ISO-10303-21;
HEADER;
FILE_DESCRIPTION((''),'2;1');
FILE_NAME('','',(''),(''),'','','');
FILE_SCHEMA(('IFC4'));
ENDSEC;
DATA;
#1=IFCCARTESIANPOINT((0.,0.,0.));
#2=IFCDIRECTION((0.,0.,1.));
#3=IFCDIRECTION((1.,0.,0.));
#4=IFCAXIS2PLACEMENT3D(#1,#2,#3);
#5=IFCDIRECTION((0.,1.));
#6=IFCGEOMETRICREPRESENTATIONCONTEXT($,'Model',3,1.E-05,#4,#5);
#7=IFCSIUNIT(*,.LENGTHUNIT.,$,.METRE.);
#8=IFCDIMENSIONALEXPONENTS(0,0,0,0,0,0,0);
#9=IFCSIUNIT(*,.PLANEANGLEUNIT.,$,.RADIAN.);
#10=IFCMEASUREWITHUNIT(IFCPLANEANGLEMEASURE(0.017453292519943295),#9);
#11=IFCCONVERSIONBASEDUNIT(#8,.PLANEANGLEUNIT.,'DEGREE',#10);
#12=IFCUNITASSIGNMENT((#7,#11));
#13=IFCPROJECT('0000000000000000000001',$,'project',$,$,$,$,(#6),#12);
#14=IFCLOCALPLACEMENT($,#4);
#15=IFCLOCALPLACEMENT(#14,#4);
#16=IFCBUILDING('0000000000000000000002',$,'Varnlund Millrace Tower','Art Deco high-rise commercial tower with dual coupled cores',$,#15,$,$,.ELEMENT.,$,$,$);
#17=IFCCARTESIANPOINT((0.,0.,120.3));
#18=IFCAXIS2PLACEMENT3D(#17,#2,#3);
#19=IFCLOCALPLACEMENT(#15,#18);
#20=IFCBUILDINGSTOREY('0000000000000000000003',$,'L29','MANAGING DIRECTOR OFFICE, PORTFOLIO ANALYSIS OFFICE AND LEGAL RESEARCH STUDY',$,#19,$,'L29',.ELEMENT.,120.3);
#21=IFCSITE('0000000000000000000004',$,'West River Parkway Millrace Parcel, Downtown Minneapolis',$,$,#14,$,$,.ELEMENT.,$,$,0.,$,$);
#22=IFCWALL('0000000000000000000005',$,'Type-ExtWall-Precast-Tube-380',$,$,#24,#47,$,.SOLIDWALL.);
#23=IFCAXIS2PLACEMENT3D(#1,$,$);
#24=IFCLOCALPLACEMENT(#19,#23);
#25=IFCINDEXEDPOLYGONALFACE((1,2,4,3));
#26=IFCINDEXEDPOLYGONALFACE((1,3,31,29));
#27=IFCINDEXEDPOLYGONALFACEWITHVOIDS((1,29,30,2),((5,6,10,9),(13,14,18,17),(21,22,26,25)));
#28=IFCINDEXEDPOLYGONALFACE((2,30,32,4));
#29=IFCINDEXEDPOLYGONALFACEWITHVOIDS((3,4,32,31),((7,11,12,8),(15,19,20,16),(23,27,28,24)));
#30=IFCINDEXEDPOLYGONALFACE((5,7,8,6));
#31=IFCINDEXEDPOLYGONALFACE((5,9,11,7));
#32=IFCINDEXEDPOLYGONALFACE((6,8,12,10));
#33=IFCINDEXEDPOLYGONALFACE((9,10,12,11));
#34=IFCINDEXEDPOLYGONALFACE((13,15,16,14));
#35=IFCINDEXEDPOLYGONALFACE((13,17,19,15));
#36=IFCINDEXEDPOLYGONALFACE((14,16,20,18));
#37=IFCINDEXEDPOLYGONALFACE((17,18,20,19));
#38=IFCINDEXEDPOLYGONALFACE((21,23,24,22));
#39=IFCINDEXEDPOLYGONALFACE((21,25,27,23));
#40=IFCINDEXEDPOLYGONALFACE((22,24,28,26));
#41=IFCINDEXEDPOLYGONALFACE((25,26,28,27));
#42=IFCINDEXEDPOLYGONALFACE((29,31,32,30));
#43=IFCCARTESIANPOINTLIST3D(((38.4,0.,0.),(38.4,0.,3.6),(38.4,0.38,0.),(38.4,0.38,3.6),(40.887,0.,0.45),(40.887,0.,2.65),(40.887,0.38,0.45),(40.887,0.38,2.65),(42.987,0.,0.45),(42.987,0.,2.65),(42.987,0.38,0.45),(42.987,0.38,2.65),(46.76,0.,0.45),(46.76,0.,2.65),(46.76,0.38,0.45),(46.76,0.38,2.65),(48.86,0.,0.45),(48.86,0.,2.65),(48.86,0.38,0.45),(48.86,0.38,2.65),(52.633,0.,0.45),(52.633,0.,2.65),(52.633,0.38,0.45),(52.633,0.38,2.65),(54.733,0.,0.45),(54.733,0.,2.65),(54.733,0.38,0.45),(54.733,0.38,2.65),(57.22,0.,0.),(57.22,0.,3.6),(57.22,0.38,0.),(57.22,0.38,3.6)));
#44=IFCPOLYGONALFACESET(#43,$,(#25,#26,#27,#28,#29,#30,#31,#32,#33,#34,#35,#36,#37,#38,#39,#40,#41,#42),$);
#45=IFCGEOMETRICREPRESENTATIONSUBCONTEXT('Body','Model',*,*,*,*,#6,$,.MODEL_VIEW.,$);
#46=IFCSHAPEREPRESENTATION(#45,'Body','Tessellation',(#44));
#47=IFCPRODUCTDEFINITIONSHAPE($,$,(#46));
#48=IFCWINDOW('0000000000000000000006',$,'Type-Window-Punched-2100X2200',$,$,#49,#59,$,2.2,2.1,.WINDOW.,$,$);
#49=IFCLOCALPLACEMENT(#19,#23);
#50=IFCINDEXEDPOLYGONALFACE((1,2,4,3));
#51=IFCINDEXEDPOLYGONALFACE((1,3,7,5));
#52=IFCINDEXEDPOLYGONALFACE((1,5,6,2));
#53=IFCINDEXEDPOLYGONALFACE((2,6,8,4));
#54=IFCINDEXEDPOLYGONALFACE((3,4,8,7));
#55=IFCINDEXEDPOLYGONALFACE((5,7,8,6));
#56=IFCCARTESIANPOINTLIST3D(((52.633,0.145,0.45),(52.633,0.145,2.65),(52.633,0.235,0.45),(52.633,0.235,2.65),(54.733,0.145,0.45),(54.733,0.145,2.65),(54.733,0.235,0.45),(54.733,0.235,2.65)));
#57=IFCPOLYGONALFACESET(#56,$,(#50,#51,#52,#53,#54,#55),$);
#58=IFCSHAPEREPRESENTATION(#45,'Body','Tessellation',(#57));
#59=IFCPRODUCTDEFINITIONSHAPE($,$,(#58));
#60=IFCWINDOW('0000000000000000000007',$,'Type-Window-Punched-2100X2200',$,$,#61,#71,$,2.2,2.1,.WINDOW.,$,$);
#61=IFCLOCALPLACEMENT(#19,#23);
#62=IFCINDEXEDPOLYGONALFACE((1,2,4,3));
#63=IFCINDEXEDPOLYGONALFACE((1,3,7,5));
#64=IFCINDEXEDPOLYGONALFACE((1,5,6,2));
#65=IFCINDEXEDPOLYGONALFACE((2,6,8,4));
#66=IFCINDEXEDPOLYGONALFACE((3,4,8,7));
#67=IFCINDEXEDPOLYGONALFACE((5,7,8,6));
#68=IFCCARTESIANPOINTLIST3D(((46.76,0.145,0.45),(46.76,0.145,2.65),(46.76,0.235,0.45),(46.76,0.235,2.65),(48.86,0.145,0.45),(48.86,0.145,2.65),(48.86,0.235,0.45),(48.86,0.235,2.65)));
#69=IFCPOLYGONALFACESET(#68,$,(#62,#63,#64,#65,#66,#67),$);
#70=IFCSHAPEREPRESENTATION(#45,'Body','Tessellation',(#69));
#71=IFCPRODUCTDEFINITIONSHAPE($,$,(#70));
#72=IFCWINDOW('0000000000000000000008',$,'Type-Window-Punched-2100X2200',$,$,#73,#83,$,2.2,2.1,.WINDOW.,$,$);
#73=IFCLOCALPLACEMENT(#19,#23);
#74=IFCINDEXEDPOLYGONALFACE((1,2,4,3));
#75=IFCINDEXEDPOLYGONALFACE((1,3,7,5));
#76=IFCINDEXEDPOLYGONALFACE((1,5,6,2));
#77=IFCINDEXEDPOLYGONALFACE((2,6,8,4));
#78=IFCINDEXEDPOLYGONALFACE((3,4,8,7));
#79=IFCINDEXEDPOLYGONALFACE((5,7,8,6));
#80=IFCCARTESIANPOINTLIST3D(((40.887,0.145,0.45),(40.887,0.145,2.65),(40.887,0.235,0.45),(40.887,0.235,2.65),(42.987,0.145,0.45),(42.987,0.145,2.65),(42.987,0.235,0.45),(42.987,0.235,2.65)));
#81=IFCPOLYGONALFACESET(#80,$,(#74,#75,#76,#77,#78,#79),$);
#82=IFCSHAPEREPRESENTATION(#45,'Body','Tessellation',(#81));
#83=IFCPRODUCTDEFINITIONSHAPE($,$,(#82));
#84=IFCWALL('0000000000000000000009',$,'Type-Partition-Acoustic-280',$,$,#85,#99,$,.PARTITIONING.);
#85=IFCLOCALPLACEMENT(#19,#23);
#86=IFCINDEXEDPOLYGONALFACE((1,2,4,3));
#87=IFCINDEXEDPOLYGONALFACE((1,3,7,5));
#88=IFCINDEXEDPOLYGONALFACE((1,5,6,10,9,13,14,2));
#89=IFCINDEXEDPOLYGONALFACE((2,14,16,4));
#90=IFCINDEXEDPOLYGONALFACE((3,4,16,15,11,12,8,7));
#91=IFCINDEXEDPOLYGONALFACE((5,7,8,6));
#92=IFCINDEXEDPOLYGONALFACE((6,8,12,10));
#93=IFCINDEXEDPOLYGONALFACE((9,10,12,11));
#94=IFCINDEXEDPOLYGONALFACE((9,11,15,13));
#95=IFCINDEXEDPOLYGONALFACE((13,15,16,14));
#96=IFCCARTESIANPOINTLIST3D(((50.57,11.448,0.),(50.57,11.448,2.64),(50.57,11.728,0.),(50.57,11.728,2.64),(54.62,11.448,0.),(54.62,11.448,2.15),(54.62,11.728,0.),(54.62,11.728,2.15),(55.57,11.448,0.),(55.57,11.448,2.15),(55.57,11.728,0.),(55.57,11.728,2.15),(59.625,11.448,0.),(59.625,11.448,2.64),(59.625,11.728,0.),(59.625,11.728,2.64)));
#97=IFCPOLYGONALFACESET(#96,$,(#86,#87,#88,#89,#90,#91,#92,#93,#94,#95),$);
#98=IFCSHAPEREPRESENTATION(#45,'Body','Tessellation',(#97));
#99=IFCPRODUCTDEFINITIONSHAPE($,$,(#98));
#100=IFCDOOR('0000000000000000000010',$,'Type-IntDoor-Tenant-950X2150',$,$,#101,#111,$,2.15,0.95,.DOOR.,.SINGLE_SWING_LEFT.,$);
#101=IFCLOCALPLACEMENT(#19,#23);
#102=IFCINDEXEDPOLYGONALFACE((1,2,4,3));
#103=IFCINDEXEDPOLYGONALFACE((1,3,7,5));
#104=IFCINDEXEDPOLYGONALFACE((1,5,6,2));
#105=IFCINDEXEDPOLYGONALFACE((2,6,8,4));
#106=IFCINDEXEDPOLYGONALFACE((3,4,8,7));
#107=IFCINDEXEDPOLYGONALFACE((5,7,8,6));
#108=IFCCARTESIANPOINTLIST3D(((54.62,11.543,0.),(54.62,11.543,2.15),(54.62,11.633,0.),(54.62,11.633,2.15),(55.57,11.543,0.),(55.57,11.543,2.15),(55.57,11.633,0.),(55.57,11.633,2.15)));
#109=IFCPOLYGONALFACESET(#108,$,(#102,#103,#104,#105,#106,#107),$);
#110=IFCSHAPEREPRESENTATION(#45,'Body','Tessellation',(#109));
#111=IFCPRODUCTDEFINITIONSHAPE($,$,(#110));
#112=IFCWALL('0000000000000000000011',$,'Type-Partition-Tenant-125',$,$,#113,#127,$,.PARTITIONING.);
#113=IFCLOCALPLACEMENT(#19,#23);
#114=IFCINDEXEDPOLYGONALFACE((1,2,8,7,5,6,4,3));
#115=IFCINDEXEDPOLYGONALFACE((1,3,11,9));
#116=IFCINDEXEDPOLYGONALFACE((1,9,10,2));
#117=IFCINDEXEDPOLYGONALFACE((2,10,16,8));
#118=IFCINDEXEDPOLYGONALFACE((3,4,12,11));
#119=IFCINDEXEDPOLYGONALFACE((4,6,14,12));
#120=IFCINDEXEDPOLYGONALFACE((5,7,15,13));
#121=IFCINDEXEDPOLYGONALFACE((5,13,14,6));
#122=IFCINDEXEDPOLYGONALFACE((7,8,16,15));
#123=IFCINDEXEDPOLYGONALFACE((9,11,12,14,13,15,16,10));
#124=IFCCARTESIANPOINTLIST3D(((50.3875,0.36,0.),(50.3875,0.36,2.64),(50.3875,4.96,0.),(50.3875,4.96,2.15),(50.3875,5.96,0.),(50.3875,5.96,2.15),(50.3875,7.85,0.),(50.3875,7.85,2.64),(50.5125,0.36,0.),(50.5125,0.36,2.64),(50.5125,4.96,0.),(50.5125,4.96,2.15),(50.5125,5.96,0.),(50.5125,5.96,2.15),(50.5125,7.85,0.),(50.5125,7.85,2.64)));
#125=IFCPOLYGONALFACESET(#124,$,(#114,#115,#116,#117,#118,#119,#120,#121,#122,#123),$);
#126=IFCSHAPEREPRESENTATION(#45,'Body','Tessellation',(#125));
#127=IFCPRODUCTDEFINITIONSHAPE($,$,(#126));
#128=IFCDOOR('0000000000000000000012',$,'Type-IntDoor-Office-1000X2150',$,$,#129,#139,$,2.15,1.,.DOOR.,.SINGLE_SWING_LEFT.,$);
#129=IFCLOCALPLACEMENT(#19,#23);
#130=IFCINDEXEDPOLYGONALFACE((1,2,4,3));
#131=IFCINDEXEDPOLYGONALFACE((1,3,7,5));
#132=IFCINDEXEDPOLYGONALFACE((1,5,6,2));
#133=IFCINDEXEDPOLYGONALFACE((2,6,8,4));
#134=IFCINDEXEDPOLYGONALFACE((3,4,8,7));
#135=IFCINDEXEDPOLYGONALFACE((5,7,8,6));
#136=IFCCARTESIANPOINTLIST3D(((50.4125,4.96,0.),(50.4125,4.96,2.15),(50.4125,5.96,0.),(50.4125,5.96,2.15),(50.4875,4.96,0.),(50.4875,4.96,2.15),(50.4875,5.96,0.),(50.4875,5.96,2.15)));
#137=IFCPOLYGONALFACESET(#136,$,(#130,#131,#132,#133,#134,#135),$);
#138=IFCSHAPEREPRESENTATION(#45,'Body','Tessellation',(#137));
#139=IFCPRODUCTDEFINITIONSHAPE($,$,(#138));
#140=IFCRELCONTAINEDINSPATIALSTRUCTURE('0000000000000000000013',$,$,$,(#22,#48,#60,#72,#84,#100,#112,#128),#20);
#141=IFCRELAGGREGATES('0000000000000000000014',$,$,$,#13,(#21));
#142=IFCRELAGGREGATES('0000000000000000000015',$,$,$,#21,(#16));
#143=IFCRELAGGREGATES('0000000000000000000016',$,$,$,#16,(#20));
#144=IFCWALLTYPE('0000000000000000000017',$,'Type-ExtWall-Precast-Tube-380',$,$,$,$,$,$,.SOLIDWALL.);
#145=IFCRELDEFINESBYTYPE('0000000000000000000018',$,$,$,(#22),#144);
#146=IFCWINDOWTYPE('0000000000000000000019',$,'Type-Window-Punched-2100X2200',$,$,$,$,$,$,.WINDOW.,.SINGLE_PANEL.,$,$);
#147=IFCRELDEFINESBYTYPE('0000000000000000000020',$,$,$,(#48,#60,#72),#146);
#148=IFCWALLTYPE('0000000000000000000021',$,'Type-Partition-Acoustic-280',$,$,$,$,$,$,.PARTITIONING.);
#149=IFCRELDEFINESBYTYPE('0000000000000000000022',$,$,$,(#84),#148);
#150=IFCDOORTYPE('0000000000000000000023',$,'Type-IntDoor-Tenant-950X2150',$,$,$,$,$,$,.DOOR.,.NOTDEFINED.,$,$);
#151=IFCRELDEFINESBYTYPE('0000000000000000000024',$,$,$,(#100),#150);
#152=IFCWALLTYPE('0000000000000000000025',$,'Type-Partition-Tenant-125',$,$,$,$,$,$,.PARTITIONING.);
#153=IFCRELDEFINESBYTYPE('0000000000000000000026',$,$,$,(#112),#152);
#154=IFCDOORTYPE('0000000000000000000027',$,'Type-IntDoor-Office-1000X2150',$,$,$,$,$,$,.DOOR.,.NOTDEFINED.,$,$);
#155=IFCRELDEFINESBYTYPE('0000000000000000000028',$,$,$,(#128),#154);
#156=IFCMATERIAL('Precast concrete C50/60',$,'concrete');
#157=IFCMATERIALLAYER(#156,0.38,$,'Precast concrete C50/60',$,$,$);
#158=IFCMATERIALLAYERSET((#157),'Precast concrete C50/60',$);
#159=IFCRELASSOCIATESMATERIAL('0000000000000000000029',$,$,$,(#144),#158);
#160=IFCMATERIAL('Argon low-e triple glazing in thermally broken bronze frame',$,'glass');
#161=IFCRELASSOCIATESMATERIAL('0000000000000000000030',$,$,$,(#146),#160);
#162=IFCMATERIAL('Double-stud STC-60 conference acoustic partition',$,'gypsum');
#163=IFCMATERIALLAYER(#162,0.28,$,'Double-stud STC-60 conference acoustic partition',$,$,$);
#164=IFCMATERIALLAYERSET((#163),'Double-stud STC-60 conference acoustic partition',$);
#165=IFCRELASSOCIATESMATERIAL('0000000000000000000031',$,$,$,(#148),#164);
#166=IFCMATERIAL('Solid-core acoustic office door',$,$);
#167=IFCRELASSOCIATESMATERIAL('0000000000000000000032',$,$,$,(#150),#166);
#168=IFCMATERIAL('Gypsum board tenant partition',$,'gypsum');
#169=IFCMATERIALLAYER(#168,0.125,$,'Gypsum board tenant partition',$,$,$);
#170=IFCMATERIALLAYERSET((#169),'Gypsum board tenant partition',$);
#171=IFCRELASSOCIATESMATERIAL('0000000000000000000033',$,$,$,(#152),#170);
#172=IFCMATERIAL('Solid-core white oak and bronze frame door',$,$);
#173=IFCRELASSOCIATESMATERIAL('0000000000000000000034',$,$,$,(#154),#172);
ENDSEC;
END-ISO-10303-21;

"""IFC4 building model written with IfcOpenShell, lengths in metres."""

from ifc_helpers import new_model, entity, si_unit, converted_unit, direction, frame, origin_with_axes, origin_2d_with_axis, place, context, subcontext, project, spatial, polyline, rectangle, outline, extrude, material, layer, layer_set, type_object, element, fill, save


model = new_model("IFC4")

# Units and contexts
model_context = context("Model", 3, precision=1e-05, world=origin_with_axes(), true_north=direction((0.0, 1.0)))
body_context = subcontext(model_context, "Body", "Model", "MODEL_VIEW")
ifc_project = project(units=[si_unit("LENGTHUNIT", "METRE"), converted_unit("PLANEANGLEUNIT", "DEGREE", entity("IfcPlaneAngleMeasure", 0.017453292519943295), si_unit("PLANEANGLEUNIT", "RADIAN"), dimensions=[0, 0, 0, 0, 0, 0, 0])], contexts=[model_context])

# Site, building, storey
site_placement = place(None, origin_with_axes())
site = spatial("IfcSite", under=ifc_project, at=site_placement, Name="West River Parkway Millrace Parcel, Downtown Minneapolis", CompositionType="ELEMENT", RefElevation=0.0)
building_placement = place(site_placement, origin_with_axes())
building = spatial("IfcBuilding", under=site, at=building_placement, Name="Varnlund Millrace Tower", Description="Art Deco high-rise commercial tower with dual coupled cores", CompositionType="ELEMENT")
storey_placement = place(building_placement, frame((0.0, 0.0, 120.3), z_axis=(0.0, 0.0, 1.0), x_axis=(1.0, 0.0, 0.0)))
storey = spatial("IfcBuildingStorey", under=building, at=storey_placement, Name="L29", Description="MANAGING DIRECTOR OFFICE, PORTFOLIO ANALYSIS OFFICE AND LEGAL RESEARCH STUDY", LongName="L29", CompositionType="ELEMENT", Elevation=120.3)

# Shared definitions
ifc_material_1 = material(Name="Precast concrete C50/60", Category="concrete")
ifc_layer_1 = layer(ifc_material_1, 0.38, Name="Precast concrete C50/60")
ifc_layer_set_1 = layer_set([ifc_layer_1], Name="Precast concrete C50/60")
wall_type_1 = type_object("IfcWallType", Name="Type-ExtWall-Precast-Tube-380", PredefinedType="SOLIDWALL", material=ifc_layer_set_1)

# Wall, openings, windows
wall_1_placement = place(storey_placement, frame((57.22, 0.19, 0.0), z_axis=(0.0, 0.0, 1.0), x_axis=(-1.0, 0.0, 0.0)))
wall_1 = element("IfcWall", 1, at=wall_1_placement, inside=storey, type_object=wall_type_1, Name="Type-ExtWall-Precast-Tube-380", PredefinedType="SOLIDWALL", context=body_context, shape_type="SweptSolid", body=[
    extrude(outline(polyline([(0.0, -0.19), (18.82, -0.19), (18.82, 0.19), (0.0, 0.19), (0.0, -0.19)])), origin_with_axes(), (0.0, 0.0, 1.0), 3.6),
])
opening_1_placement = place(wall_1_placement, frame((3.537, 0.0, 0.45), z_axis=(0.0, 0.0, 1.0), x_axis=(1.0, 0.0, 0.0)))
opening_1 = element("IfcOpeningElement", 2, at=opening_1_placement, cuts=wall_1, PredefinedType="OPENING", context=body_context, shape_type="SweptSolid", body=[
    extrude(rectangle(XDim=2.1, YDim=0.4, at=origin_2d_with_axis()), origin_with_axes(), (0.0, 0.0, 1.0), 2.2),
])
opening_2_placement = place(wall_1_placement, frame((9.41, 0.0, 0.45), z_axis=(0.0, 0.0, 1.0), x_axis=(1.0, 0.0, 0.0)))
opening_2 = element("IfcOpeningElement", 3, at=opening_2_placement, cuts=wall_1, PredefinedType="OPENING", context=body_context, shape_type="SweptSolid", body=[
    extrude(rectangle(XDim=2.1, YDim=0.4, at=origin_2d_with_axis()), origin_with_axes(), (0.0, 0.0, 1.0), 2.2),
])
opening_3_placement = place(wall_1_placement, frame((15.283, 0.0, 0.45), z_axis=(0.0, 0.0, 1.0), x_axis=(1.0, 0.0, 0.0)))
opening_3 = element("IfcOpeningElement", 4, at=opening_3_placement, cuts=wall_1, PredefinedType="OPENING", context=body_context, shape_type="SweptSolid", body=[
    extrude(rectangle(XDim=2.1, YDim=0.4, at=origin_2d_with_axis()), origin_with_axes(), (0.0, 0.0, 1.0), 2.2),
])
ifc_material_2 = material(Name="Argon low-e triple glazing in thermally broken bronze frame", Category="glass")
window_type = type_object("IfcWindowType", Name="Type-Window-Punched-2100X2200", PartitioningType="SINGLE_PANEL", PredefinedType="WINDOW", material=ifc_material_2)
window_1_placement = place(wall_1_placement, frame((3.537, 0.0, 0.45), z_axis=(0.0, 0.0, 1.0), x_axis=(1.0, 0.0, 0.0)))
window_1 = element("IfcWindow", 5, at=window_1_placement, inside=storey, type_object=window_type, Name="Type-Window-Punched-2100X2200", OverallHeight=2.2, OverallWidth=2.1, PredefinedType="WINDOW", context=body_context, shape_type="SweptSolid", body=[
    extrude(rectangle(XDim=2.1, YDim=0.09, at=origin_2d_with_axis()), origin_with_axes(), (0.0, 0.0, 1.0), 2.2),
])
fill(opening_1, window_1)
window_2_placement = place(wall_1_placement, frame((9.41, 0.0, 0.45), z_axis=(0.0, 0.0, 1.0), x_axis=(1.0, 0.0, 0.0)))
window_2 = element("IfcWindow", 6, at=window_2_placement, inside=storey, type_object=window_type, Name="Type-Window-Punched-2100X2200", OverallHeight=2.2, OverallWidth=2.1, PredefinedType="WINDOW", context=body_context, shape_type="SweptSolid", body=[
    extrude(rectangle(XDim=2.1, YDim=0.09, at=origin_2d_with_axis()), origin_with_axes(), (0.0, 0.0, 1.0), 2.2),
])
fill(opening_2, window_2)
window_3_placement = place(wall_1_placement, frame((15.283, 0.0, 0.45), z_axis=(0.0, 0.0, 1.0), x_axis=(1.0, 0.0, 0.0)))
window_3 = element("IfcWindow", 7, at=window_3_placement, inside=storey, type_object=window_type, Name="Type-Window-Punched-2100X2200", OverallHeight=2.2, OverallWidth=2.1, PredefinedType="WINDOW", context=body_context, shape_type="SweptSolid", body=[
    extrude(rectangle(XDim=2.1, YDim=0.09, at=origin_2d_with_axis()), origin_with_axes(), (0.0, 0.0, 1.0), 2.2),
])
fill(opening_3, window_3)

# Walls, openings, doors
ifc_material_3 = material(Name="Double-stud STC-60 conference acoustic partition", Category="gypsum")
ifc_layer_2 = layer(ifc_material_3, 0.28, Name="Double-stud STC-60 conference acoustic partition")
ifc_layer_set_2 = layer_set([ifc_layer_2], Name="Double-stud STC-60 conference acoustic partition")
wall_type_2 = type_object("IfcWallType", Name="Type-Partition-Acoustic-280", PredefinedType="PARTITIONING", material=ifc_layer_set_2)
wall_2_placement = place(storey_placement, frame((50.57, 11.588, 0.0), z_axis=(0.0, 0.0, 1.0), x_axis=(1.0, 0.0, 0.0)))
wall_2 = element("IfcWall", 8, at=wall_2_placement, inside=storey, type_object=wall_type_2, Name="Type-Partition-Acoustic-280", PredefinedType="PARTITIONING", context=body_context, shape_type="SweptSolid", body=[
    extrude(outline(polyline([(0.0, -0.14), (9.055, -0.14), (9.055, 0.14), (0.0, 0.14), (0.0, -0.14)])), origin_with_axes(), (0.0, 0.0, 1.0), 2.64),
])
opening_4_placement = place(wall_2_placement, frame((4.525, 0.0, 0.0), z_axis=(0.0, 0.0, 1.0), x_axis=(1.0, 0.0, 0.0)))
opening_4 = element("IfcOpeningElement", 9, at=opening_4_placement, cuts=wall_2, PredefinedType="OPENING", context=body_context, shape_type="SweptSolid", body=[
    extrude(rectangle(XDim=0.95, YDim=0.3, at=origin_2d_with_axis()), origin_with_axes(), (0.0, 0.0, 1.0), 2.15),
])
ifc_material_4 = material(Name="Solid-core acoustic office door")
door_type_1 = type_object("IfcDoorType", Name="Type-IntDoor-Tenant-950X2150", OperationType="NOTDEFINED", PredefinedType="DOOR", material=ifc_material_4)
door_1_placement = place(wall_2_placement, frame((4.525, 0.0, 0.0), z_axis=(0.0, 0.0, 1.0), x_axis=(1.0, 0.0, 0.0)))
door_1 = element("IfcDoor", 10, at=door_1_placement, inside=storey, type_object=door_type_1, Name="Type-IntDoor-Tenant-950X2150", OperationType="SINGLE_SWING_LEFT", OverallHeight=2.15, OverallWidth=0.95, PredefinedType="DOOR", context=body_context, shape_type="SweptSolid", body=[
    extrude(rectangle(XDim=0.95, YDim=0.09, at=origin_2d_with_axis()), origin_with_axes(), (0.0, 0.0, 1.0), 2.15),
])
fill(opening_4, door_1)
ifc_material_5 = material(Name="Gypsum board tenant partition", Category="gypsum")
ifc_layer_3 = layer(ifc_material_5, 0.125, Name="Gypsum board tenant partition")
ifc_layer_set_3 = layer_set([ifc_layer_3], Name="Gypsum board tenant partition")
wall_type_3 = type_object("IfcWallType", Name="Type-Partition-Tenant-125", PredefinedType="PARTITIONING", material=ifc_layer_set_3)
wall_3_placement = place(storey_placement, frame((50.45, 0.36, 0.0), z_axis=(0.0, 0.0, 1.0), x_axis=(0.0, 1.0, 0.0)))
wall_3 = element("IfcWall", 11, at=wall_3_placement, inside=storey, type_object=wall_type_3, Name="Type-Partition-Tenant-125", PredefinedType="PARTITIONING", context=body_context, shape_type="SweptSolid", body=[
    extrude(outline(polyline([(0.0, -0.0625), (7.49, -0.0625), (7.49, 0.0625), (0.0, 0.0625), (0.0, -0.0625)])), origin_with_axes(), (0.0, 0.0, 1.0), 2.64),
])
opening_5_placement = place(wall_3_placement, frame((5.1, 0.0, 0.0), z_axis=(0.0, 0.0, 1.0), x_axis=(1.0, 0.0, 0.0)))
opening_5 = element("IfcOpeningElement", 12, at=opening_5_placement, cuts=wall_3, PredefinedType="OPENING", context=body_context, shape_type="SweptSolid", body=[
    extrude(rectangle(XDim=1.0, YDim=0.145, at=origin_2d_with_axis()), origin_with_axes(), (0.0, 0.0, 1.0), 2.15),
])
ifc_material_6 = material(Name="Solid-core white oak and bronze frame door")
door_type_2 = type_object("IfcDoorType", Name="Type-IntDoor-Office-1000X2150", OperationType="NOTDEFINED", PredefinedType="DOOR", material=ifc_material_6)
door_2_placement = place(wall_3_placement, frame((5.1, 0.0, 0.0), z_axis=(0.0, 0.0, 1.0), x_axis=(1.0, 0.0, 0.0)))
door_2 = element("IfcDoor", 13, at=door_2_placement, inside=storey, type_object=door_type_2, Name="Type-IntDoor-Office-1000X2150", OperationType="SINGLE_SWING_LEFT", OverallHeight=2.15, OverallWidth=1.0, PredefinedType="DOOR", context=body_context, shape_type="SweptSolid", body=[
    extrude(rectangle(XDim=1.0, YDim=0.075, at=origin_2d_with_axis()), origin_with_axes(), (0.0, 0.0, 1.0), 2.15),
])
fill(opening_5, door_2)

save(model, "model.ifc")
